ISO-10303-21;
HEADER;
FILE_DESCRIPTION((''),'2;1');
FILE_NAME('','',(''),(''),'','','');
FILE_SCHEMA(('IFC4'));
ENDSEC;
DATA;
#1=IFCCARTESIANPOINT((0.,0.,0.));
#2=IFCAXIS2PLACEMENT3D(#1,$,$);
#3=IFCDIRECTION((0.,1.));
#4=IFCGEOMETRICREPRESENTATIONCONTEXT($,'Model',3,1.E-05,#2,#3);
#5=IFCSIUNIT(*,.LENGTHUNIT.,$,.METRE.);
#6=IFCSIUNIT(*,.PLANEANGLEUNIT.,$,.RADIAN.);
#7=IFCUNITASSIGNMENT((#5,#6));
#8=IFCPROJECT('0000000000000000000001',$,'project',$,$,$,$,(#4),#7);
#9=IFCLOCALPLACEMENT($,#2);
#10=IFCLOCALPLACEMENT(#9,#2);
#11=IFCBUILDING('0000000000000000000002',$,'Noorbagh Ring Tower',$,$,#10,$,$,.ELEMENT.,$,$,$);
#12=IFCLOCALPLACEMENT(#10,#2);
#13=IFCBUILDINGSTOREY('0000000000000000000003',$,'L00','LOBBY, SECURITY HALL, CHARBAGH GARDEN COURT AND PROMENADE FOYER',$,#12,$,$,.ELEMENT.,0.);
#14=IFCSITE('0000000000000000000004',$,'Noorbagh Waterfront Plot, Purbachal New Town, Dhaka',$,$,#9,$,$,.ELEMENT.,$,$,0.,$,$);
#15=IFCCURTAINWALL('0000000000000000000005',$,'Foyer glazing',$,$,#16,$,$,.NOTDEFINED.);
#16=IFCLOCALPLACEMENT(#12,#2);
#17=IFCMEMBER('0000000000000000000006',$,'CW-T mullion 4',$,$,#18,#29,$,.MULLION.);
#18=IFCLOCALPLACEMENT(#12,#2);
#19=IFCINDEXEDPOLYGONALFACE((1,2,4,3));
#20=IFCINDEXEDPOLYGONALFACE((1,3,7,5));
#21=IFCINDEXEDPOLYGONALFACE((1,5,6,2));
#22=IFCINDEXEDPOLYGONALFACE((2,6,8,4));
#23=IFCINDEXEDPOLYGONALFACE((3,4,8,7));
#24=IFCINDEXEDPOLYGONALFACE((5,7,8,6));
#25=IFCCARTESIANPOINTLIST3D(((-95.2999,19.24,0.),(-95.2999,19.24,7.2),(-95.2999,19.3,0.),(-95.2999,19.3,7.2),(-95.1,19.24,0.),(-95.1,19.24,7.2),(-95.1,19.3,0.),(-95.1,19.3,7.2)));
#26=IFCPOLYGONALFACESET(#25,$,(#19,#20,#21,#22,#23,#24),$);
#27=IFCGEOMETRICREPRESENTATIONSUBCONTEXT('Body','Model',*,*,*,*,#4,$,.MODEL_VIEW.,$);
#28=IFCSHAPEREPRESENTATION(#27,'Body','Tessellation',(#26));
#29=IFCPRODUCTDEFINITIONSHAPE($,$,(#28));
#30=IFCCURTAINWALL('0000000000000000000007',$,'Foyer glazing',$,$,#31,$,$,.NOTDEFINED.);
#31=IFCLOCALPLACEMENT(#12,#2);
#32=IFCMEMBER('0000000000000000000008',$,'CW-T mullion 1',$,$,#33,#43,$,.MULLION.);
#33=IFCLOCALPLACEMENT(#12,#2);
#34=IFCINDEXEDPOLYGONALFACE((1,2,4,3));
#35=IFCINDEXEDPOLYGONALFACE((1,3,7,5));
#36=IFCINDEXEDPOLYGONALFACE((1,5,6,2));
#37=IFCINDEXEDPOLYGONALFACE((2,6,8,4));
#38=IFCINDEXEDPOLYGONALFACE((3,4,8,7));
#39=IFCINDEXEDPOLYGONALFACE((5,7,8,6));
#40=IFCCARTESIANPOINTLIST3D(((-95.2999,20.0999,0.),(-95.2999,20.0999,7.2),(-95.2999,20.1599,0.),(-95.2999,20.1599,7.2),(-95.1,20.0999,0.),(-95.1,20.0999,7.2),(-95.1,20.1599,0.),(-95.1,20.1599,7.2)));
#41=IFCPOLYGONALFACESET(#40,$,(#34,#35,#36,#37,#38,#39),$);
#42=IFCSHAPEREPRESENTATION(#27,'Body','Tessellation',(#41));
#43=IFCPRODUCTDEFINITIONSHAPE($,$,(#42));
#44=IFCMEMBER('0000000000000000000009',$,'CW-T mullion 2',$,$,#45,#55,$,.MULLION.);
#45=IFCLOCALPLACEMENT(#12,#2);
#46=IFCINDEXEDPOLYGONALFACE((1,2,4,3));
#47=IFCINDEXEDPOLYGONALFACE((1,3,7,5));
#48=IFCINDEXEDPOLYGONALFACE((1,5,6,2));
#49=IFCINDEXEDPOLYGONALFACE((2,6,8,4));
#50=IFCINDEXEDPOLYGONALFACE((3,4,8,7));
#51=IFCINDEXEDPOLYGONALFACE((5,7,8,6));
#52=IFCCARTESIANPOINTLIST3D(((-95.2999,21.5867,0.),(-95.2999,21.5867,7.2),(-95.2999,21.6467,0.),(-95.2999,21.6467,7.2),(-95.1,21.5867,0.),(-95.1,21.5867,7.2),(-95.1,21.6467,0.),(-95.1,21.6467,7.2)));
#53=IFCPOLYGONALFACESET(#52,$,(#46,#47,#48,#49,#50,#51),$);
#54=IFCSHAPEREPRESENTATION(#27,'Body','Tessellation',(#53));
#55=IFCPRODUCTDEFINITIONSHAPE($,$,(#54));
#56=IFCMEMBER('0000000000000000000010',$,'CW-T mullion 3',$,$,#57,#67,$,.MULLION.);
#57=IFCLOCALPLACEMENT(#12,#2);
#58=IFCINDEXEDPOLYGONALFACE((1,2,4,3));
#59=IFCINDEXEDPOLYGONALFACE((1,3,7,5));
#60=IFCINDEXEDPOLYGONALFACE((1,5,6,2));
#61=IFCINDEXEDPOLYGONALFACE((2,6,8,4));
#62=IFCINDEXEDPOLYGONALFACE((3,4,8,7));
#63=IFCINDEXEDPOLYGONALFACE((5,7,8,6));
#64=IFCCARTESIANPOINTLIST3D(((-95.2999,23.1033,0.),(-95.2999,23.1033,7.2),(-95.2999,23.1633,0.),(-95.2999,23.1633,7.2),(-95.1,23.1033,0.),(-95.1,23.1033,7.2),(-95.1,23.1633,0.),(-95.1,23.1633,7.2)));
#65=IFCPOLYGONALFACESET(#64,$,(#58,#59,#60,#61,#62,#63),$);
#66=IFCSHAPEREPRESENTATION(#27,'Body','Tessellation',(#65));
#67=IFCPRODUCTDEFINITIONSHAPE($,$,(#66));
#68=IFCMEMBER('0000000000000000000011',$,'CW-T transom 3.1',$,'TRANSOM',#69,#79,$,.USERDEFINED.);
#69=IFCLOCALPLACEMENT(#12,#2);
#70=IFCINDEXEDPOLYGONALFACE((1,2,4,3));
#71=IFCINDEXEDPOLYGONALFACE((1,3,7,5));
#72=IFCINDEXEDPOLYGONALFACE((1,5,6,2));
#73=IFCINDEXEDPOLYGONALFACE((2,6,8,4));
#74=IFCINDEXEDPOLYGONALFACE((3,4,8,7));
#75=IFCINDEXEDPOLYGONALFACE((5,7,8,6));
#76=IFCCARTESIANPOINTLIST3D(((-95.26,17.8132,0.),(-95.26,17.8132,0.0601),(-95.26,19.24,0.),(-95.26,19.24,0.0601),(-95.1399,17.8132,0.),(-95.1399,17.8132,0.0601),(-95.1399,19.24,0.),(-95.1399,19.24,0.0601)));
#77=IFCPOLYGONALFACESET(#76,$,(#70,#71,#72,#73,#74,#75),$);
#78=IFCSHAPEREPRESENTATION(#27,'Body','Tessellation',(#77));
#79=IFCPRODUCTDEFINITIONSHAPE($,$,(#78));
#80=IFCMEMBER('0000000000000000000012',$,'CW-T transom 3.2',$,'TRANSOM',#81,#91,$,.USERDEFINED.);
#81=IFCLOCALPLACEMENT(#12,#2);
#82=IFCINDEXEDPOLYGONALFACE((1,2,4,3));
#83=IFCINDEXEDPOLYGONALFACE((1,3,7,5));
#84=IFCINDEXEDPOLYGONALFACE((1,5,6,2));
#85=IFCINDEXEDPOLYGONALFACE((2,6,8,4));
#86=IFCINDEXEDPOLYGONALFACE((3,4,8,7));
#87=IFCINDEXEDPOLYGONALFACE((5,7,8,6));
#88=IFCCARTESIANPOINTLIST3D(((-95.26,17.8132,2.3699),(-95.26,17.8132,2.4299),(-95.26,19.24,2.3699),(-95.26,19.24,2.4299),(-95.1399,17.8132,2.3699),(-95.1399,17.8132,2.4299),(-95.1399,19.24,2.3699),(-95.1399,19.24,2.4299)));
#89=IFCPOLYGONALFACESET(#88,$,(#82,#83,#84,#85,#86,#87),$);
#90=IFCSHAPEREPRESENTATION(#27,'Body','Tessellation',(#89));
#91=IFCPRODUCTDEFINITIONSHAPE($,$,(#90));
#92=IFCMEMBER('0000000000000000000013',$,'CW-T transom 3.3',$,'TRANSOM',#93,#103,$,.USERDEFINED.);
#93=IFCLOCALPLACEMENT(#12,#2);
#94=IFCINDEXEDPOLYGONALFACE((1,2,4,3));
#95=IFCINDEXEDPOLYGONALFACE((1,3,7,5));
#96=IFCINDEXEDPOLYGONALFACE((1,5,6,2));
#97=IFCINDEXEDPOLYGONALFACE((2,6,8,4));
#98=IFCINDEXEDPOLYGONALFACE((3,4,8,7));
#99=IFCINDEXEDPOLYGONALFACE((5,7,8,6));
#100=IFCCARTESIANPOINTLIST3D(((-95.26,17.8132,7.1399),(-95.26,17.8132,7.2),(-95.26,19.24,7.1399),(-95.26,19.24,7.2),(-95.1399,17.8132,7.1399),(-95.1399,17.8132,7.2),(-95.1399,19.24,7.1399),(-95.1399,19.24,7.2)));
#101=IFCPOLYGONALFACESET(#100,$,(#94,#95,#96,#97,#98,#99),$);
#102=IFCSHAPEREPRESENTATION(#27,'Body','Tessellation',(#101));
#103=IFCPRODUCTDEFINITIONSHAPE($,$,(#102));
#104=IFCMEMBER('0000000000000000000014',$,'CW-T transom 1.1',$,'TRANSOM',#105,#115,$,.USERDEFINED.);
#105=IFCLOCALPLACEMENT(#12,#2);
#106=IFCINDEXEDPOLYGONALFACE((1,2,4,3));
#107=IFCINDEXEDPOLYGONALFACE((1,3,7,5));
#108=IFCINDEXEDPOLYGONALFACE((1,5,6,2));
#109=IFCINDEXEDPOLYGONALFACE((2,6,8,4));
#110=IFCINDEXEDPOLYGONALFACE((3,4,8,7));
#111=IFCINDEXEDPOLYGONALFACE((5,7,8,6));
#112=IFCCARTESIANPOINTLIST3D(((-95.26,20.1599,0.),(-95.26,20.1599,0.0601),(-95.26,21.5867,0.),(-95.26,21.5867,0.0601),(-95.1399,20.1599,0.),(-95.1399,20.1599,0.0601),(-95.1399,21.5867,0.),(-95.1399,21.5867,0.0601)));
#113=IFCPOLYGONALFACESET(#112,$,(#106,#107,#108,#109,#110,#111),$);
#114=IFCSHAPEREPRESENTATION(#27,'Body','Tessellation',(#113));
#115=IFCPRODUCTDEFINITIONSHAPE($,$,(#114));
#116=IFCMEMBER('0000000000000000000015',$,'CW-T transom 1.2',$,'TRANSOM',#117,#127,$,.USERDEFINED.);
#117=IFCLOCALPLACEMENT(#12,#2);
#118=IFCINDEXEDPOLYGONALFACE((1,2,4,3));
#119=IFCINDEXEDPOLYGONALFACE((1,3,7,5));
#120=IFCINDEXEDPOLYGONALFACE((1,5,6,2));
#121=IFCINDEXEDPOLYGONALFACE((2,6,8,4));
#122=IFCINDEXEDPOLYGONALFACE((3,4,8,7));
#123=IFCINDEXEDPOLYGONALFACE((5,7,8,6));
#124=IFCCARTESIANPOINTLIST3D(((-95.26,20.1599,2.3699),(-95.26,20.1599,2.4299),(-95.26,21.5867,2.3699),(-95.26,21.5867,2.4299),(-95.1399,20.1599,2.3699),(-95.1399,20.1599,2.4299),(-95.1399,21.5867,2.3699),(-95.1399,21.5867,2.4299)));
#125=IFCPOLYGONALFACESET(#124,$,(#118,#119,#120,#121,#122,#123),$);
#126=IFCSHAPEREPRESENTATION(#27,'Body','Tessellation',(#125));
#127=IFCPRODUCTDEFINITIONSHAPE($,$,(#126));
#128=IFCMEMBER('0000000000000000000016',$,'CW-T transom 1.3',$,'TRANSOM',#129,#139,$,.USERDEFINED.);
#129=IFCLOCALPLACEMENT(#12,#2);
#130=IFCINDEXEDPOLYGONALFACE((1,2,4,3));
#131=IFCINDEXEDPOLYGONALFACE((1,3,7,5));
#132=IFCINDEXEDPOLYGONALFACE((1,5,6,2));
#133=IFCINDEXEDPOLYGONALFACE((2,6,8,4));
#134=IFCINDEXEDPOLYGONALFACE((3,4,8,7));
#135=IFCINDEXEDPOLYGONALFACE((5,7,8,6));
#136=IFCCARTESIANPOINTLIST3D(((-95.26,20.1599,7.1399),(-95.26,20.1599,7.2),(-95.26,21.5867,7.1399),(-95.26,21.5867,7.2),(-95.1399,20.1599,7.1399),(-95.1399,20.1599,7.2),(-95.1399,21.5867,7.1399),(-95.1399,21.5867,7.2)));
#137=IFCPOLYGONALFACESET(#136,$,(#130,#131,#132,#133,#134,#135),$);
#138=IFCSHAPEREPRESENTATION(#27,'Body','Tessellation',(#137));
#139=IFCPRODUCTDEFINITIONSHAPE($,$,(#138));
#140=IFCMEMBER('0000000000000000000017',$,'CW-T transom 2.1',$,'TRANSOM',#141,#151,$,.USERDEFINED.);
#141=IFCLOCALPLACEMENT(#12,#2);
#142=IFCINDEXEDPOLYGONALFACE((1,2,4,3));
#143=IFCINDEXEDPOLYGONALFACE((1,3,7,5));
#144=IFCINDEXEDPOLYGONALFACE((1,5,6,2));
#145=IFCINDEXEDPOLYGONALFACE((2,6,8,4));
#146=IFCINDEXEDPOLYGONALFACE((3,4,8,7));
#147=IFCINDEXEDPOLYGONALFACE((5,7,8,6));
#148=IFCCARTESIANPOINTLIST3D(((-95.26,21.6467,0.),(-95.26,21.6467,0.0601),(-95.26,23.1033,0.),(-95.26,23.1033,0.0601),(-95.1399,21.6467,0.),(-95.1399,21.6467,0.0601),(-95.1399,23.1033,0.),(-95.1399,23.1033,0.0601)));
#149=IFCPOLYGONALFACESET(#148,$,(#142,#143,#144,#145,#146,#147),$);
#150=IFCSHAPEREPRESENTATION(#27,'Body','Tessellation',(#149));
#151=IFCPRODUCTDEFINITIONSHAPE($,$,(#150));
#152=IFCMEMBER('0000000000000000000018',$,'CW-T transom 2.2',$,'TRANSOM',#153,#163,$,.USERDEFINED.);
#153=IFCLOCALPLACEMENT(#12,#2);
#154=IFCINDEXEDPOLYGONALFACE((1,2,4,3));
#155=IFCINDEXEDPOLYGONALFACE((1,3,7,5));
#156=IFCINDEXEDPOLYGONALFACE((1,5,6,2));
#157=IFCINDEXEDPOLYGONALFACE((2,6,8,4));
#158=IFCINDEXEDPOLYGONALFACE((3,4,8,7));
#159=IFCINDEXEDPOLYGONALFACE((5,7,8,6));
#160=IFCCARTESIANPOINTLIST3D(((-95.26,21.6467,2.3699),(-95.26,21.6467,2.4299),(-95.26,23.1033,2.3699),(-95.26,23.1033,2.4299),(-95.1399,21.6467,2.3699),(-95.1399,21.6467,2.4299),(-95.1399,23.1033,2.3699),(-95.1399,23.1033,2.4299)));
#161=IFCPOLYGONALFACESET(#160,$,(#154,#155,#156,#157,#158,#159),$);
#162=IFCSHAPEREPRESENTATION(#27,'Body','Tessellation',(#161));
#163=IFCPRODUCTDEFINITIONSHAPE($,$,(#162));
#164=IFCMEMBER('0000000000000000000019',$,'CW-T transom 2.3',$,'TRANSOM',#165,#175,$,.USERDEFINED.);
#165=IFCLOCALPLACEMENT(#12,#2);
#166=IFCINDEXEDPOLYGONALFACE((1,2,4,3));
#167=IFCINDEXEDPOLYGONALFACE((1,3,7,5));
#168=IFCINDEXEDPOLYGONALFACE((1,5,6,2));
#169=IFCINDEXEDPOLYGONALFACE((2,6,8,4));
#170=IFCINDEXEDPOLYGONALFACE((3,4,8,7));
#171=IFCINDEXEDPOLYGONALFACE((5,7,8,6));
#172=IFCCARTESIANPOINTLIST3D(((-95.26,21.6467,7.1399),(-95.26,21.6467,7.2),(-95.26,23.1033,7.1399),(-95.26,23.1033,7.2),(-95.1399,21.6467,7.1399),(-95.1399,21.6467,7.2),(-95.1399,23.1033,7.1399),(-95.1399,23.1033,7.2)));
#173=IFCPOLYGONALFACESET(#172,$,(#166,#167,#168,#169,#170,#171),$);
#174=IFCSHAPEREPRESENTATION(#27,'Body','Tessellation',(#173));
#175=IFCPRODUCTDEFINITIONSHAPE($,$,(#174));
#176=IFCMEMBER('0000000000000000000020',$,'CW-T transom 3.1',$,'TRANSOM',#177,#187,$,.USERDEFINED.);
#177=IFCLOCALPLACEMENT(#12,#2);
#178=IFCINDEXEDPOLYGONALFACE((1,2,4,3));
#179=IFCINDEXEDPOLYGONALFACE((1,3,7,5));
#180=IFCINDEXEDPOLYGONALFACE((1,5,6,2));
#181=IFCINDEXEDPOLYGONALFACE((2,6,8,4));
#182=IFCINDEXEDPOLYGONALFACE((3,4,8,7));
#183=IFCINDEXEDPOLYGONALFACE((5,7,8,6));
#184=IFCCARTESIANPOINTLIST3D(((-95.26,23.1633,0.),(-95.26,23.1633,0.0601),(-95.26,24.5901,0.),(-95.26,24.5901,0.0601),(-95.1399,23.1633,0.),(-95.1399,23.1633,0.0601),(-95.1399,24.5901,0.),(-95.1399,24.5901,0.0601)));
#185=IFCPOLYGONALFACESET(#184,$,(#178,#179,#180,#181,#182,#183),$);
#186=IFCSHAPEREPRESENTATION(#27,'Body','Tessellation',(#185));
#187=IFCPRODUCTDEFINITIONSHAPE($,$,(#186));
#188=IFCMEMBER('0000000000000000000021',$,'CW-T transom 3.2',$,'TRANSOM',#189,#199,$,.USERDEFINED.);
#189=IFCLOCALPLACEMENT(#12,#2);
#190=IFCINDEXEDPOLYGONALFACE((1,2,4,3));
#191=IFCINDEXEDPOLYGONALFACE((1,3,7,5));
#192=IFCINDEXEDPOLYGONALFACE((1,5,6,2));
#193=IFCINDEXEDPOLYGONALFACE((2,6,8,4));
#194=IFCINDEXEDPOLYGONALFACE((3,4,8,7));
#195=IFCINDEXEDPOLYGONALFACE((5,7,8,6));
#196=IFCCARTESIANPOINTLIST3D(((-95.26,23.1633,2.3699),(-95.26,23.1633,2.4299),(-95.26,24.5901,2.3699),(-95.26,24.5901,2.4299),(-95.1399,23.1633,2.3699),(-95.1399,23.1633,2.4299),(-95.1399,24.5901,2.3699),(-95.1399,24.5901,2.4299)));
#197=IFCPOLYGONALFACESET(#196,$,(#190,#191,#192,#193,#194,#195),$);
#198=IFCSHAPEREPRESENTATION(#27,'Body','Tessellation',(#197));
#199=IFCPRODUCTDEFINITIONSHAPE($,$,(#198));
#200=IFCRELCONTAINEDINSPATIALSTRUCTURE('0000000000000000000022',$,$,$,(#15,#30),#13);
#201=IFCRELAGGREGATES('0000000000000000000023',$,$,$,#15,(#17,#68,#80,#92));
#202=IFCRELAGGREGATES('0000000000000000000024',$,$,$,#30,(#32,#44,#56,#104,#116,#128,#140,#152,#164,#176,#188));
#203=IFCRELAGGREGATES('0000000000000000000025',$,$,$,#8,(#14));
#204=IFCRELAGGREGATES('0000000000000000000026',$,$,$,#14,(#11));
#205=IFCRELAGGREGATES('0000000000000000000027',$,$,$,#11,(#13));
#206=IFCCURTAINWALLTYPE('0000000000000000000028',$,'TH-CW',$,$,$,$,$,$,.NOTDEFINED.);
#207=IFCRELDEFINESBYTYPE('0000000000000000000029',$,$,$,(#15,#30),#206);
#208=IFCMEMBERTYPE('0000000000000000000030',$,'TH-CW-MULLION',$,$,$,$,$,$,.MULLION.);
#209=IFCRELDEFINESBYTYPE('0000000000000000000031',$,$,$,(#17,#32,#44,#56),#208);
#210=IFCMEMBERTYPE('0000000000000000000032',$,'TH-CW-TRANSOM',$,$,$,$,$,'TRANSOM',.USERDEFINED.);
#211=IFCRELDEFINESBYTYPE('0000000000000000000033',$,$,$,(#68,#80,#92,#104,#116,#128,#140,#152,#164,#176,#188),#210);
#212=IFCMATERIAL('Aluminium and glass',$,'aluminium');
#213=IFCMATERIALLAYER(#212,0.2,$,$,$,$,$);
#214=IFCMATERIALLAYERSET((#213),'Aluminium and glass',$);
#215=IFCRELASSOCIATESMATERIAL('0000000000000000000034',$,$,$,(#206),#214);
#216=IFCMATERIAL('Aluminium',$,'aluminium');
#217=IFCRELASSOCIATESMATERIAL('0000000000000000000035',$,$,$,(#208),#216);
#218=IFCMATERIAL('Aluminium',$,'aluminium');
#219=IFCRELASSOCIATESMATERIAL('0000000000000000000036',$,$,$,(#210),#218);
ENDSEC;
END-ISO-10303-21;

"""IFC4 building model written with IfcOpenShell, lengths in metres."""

from ifc_helpers import new_model, si_unit, direction, frame, origin, origin_2d, place, context, subcontext, project, spatial, rectangle, extrude, material, layer, layer_set, material_profile, profile_set, type_object, element, aggregate, save


model = new_model("IFC4")

# Units and contexts
model_context = context("Model", 3, precision=1e-05, world=origin(), true_north=direction((0.0, 1.0)))
body_context = subcontext(model_context, "Body", "Model", "MODEL_VIEW")
ifc_project = project(units=[si_unit("LENGTHUNIT", "METRE"), si_unit("PLANEANGLEUNIT", "RADIAN")], contexts=[model_context])

# Site, building, storey
site_placement = place(None, origin())
site = spatial("IfcSite", under=ifc_project, at=site_placement, Name="Noorbagh Waterfront Plot, Purbachal New Town, Dhaka", CompositionType="ELEMENT", RefElevation=0.0)
building_placement = place(site_placement, origin())
building = spatial("IfcBuilding", under=site, at=building_placement, Name="Noorbagh Ring Tower", CompositionType="ELEMENT")
storey_placement = place(building_placement, origin())
storey = spatial("IfcBuildingStorey", under=building, at=storey_placement, Name="L00", Description="LOBBY, SECURITY HALL, CHARBAGH GARDEN COURT AND PROMENADE FOYER", CompositionType="ELEMENT", Elevation=0.0)

# Curtain wall, member
ifc_material_1 = material(Name="Aluminium and glass", Category="aluminium")
ifc_layer_1 = layer(ifc_material_1, 0.2)
ifc_layer_set_1 = layer_set([ifc_layer_1], Name="Aluminium and glass")
curtain_wall_type = type_object("IfcCurtainWallType", Name="TH-CW", PredefinedType="NOTDEFINED", material=ifc_layer_set_1)
curtain_wall_1_placement = place(storey_placement, origin())
curtain_wall_1 = element("IfcCurtainWall", 1, at=curtain_wall_1_placement, inside=storey, type_object=curtain_wall_type, Name="Foyer glazing", PredefinedType="NOTDEFINED")
ifc_material_2 = material(Name="Aluminium", Category="aluminium")
ifc_material_profile_1 = material_profile(ifc_material_2, rectangle(XDim=0.2, YDim=0.0601, at=origin_2d()), Name="AL 200x60")
ifc_profile_set_1 = profile_set([ifc_material_profile_1], Name="Aluminium")
member_type_1 = type_object("IfcMemberType", Name="TH-CW-MULLION", PredefinedType="MULLION", material=ifc_profile_set_1)
member_1_placement = place(storey_placement, frame((-95.2, 19.27, 0.0), z_axis=(0.0, 0.0, 1.0), x_axis=(-1.0, 0.0, 0.0)))
member_1 = element("IfcMember", 2, at=member_1_placement, type_object=member_type_1, Name="CW-T mullion 4", PredefinedType="MULLION", context=body_context, shape_type="SweptSolid", body=[
    extrude(rectangle(XDim=0.2, YDim=0.0601, at=origin_2d()), origin(), (0.0, 0.0, 1.0), 7.2),
])

# Curtain wall, members
curtain_wall_2_placement = place(storey_placement, origin())
curtain_wall_2 = element("IfcCurtainWall", 3, at=curtain_wall_2_placement, inside=storey, type_object=curtain_wall_type, Name="Foyer glazing", PredefinedType="NOTDEFINED")
member_2_placement = place(storey_placement, frame((-95.2, 20.1299, 0.0), z_axis=(0.0, 0.0, 1.0), x_axis=(-1.0, 0.0, 0.0)))
member_2 = element("IfcMember", 4, at=member_2_placement, type_object=member_type_1, Name="CW-T mullion 1", PredefinedType="MULLION", context=body_context, shape_type="SweptSolid", body=[
    extrude(rectangle(XDim=0.2, YDim=0.0601, at=origin_2d()), origin(), (0.0, 0.0, 1.0), 7.2),
])
member_3_placement = place(storey_placement, frame((-95.2, 21.6167, 0.0), z_axis=(0.0, 0.0, 1.0), x_axis=(-1.0, 0.0, 0.0)))
member_3 = element("IfcMember", 5, at=member_3_placement, type_object=member_type_1, Name="CW-T mullion 2", PredefinedType="MULLION", context=body_context, shape_type="SweptSolid", body=[
    extrude(rectangle(XDim=0.2, YDim=0.0601, at=origin_2d()), origin(), (0.0, 0.0, 1.0), 7.2),
])
member_4_placement = place(storey_placement, frame((-95.2, 23.1333, 0.0), z_axis=(0.0, 0.0, 1.0), x_axis=(-1.0, 0.0, 0.0)))
member_4 = element("IfcMember", 6, at=member_4_placement, type_object=member_type_1, Name="CW-T mullion 3", PredefinedType="MULLION", context=body_context, shape_type="SweptSolid", body=[
    extrude(rectangle(XDim=0.2, YDim=0.0601, at=origin_2d()), origin(), (0.0, 0.0, 1.0), 7.2),
])

# Members
ifc_material_3 = material(Name="Aluminium", Category="aluminium")
ifc_material_profile_2 = material_profile(ifc_material_3, rectangle(XDim=0.1201, YDim=0.0601, at=origin_2d()), Name="AL 120x60")
ifc_profile_set_2 = profile_set([ifc_material_profile_2], Name="Aluminium")
member_type_2 = type_object("IfcMemberType", Name="TH-CW-TRANSOM", ElementType="TRANSOM", PredefinedType="USERDEFINED", material=ifc_profile_set_2)
member_5_placement = place(storey_placement, frame((-95.2, 17.8132, 0.03), z_axis=(0.0, 1.0, 0.0), x_axis=(-1.0, 0.0, 0.0)))
member_5 = element("IfcMember", 7, at=member_5_placement, type_object=member_type_2, Name="CW-T transom 3.1", ObjectType="TRANSOM", PredefinedType="USERDEFINED", context=body_context, shape_type="SweptSolid", body=[
    extrude(rectangle(XDim=0.1201, YDim=0.0601, at=origin_2d()), origin(), (0.0, 0.0, 1.0), 1.4268),
])
member_6_placement = place(storey_placement, frame((-95.2, 17.8132, 2.3999), z_axis=(0.0, 1.0, 0.0), x_axis=(-1.0, 0.0, 0.0)))
member_6 = element("IfcMember", 8, at=member_6_placement, type_object=member_type_2, Name="CW-T transom 3.2", ObjectType="TRANSOM", PredefinedType="USERDEFINED", context=body_context, shape_type="SweptSolid", body=[
    extrude(rectangle(XDim=0.1201, YDim=0.0601, at=origin_2d()), origin(), (0.0, 0.0, 1.0), 1.4268),
])
member_7_placement = place(storey_placement, frame((-95.2, 17.8132, 7.1699), z_axis=(0.0, 1.0, 0.0), x_axis=(-1.0, 0.0, 0.0)))
member_7 = element("IfcMember", 9, at=member_7_placement, type_object=member_type_2, Name="CW-T transom 3.3", ObjectType="TRANSOM", PredefinedType="USERDEFINED", context=body_context, shape_type="SweptSolid", body=[
    extrude(rectangle(XDim=0.1201, YDim=0.0601, at=origin_2d()), origin(), (0.0, 0.0, 1.0), 1.4268),
])
member_8_placement = place(storey_placement, frame((-95.2, 20.1599, 0.03), z_axis=(0.0, 1.0, 0.0), x_axis=(-1.0, 0.0, 0.0)))
member_8 = element("IfcMember", 10, at=member_8_placement, type_object=member_type_2, Name="CW-T transom 1.1", ObjectType="TRANSOM", PredefinedType="USERDEFINED", context=body_context, shape_type="SweptSolid", body=[
    extrude(rectangle(XDim=0.1201, YDim=0.0601, at=origin_2d()), origin(), (0.0, 0.0, 1.0), 1.4268),
])
member_9_placement = place(storey_placement, frame((-95.2, 20.1599, 2.3999), z_axis=(0.0, 1.0, 0.0), x_axis=(-1.0, 0.0, 0.0)))
member_9 = element("IfcMember", 11, at=member_9_placement, type_object=member_type_2, Name="CW-T transom 1.2", ObjectType="TRANSOM", PredefinedType="USERDEFINED", context=body_context, shape_type="SweptSolid", body=[
    extrude(rectangle(XDim=0.1201, YDim=0.0601, at=origin_2d()), origin(), (0.0, 0.0, 1.0), 1.4268),
])
member_10_placement = place(storey_placement, frame((-95.2, 20.1599, 7.1699), z_axis=(0.0, 1.0, 0.0), x_axis=(-1.0, 0.0, 0.0)))
member_10 = element("IfcMember", 12, at=member_10_placement, type_object=member_type_2, Name="CW-T transom 1.3", ObjectType="TRANSOM", PredefinedType="USERDEFINED", context=body_context, shape_type="SweptSolid", body=[
    extrude(rectangle(XDim=0.1201, YDim=0.0601, at=origin_2d()), origin(), (0.0, 0.0, 1.0), 1.4268),
])
member_11_placement = place(storey_placement, frame((-95.2, 21.6467, 0.03), z_axis=(0.0, 1.0, 0.0), x_axis=(-1.0, 0.0, 0.0)))
member_11 = element("IfcMember", 13, at=member_11_placement, type_object=member_type_2, Name="CW-T transom 2.1", ObjectType="TRANSOM", PredefinedType="USERDEFINED", context=body_context, shape_type="SweptSolid", body=[
    extrude(rectangle(XDim=0.1201, YDim=0.0601, at=origin_2d()), origin(), (0.0, 0.0, 1.0), 1.4565),
])
member_12_placement = place(storey_placement, frame((-95.2, 21.6467, 2.3999), z_axis=(0.0, 1.0, 0.0), x_axis=(-1.0, 0.0, 0.0)))
member_12 = element("IfcMember", 14, at=member_12_placement, type_object=member_type_2, Name="CW-T transom 2.2", ObjectType="TRANSOM", PredefinedType="USERDEFINED", context=body_context, shape_type="SweptSolid", body=[
    extrude(rectangle(XDim=0.1201, YDim=0.0601, at=origin_2d()), origin(), (0.0, 0.0, 1.0), 1.4565),
])
member_13_placement = place(storey_placement, frame((-95.2, 21.6467, 7.1699), z_axis=(0.0, 1.0, 0.0), x_axis=(-1.0, 0.0, 0.0)))
member_13 = element("IfcMember", 15, at=member_13_placement, type_object=member_type_2, Name="CW-T transom 2.3", ObjectType="TRANSOM", PredefinedType="USERDEFINED", context=body_context, shape_type="SweptSolid", body=[
    extrude(rectangle(XDim=0.1201, YDim=0.0601, at=origin_2d()), origin(), (0.0, 0.0, 1.0), 1.4565),
])
member_14_placement = place(storey_placement, frame((-95.2, 23.1633, 0.03), z_axis=(0.0, 1.0, 0.0), x_axis=(-1.0, 0.0, 0.0)))
member_14 = element("IfcMember", 16, at=member_14_placement, type_object=member_type_2, Name="CW-T transom 3.1", ObjectType="TRANSOM", PredefinedType="USERDEFINED", context=body_context, shape_type="SweptSolid", body=[
    extrude(rectangle(XDim=0.1201, YDim=0.0601, at=origin_2d()), origin(), (0.0, 0.0, 1.0), 1.4268),
])
member_15_placement = place(storey_placement, frame((-95.2, 23.1633, 2.3999), z_axis=(0.0, 1.0, 0.0), x_axis=(-1.0, 0.0, 0.0)))
member_15 = element("IfcMember", 17, at=member_15_placement, type_object=member_type_2, Name="CW-T transom 3.2", ObjectType="TRANSOM", PredefinedType="USERDEFINED", context=body_context, shape_type="SweptSolid", body=[
    extrude(rectangle(XDim=0.1201, YDim=0.0601, at=origin_2d()), origin(), (0.0, 0.0, 1.0), 1.4268),
])

aggregate(curtain_wall_1, [member_1, member_5, member_6, member_7])
aggregate(curtain_wall_2, [member_2, member_3, member_4, member_8, member_9, member_10, member_11, member_12, member_13, member_14, member_15])

save(model, "model.ifc")
